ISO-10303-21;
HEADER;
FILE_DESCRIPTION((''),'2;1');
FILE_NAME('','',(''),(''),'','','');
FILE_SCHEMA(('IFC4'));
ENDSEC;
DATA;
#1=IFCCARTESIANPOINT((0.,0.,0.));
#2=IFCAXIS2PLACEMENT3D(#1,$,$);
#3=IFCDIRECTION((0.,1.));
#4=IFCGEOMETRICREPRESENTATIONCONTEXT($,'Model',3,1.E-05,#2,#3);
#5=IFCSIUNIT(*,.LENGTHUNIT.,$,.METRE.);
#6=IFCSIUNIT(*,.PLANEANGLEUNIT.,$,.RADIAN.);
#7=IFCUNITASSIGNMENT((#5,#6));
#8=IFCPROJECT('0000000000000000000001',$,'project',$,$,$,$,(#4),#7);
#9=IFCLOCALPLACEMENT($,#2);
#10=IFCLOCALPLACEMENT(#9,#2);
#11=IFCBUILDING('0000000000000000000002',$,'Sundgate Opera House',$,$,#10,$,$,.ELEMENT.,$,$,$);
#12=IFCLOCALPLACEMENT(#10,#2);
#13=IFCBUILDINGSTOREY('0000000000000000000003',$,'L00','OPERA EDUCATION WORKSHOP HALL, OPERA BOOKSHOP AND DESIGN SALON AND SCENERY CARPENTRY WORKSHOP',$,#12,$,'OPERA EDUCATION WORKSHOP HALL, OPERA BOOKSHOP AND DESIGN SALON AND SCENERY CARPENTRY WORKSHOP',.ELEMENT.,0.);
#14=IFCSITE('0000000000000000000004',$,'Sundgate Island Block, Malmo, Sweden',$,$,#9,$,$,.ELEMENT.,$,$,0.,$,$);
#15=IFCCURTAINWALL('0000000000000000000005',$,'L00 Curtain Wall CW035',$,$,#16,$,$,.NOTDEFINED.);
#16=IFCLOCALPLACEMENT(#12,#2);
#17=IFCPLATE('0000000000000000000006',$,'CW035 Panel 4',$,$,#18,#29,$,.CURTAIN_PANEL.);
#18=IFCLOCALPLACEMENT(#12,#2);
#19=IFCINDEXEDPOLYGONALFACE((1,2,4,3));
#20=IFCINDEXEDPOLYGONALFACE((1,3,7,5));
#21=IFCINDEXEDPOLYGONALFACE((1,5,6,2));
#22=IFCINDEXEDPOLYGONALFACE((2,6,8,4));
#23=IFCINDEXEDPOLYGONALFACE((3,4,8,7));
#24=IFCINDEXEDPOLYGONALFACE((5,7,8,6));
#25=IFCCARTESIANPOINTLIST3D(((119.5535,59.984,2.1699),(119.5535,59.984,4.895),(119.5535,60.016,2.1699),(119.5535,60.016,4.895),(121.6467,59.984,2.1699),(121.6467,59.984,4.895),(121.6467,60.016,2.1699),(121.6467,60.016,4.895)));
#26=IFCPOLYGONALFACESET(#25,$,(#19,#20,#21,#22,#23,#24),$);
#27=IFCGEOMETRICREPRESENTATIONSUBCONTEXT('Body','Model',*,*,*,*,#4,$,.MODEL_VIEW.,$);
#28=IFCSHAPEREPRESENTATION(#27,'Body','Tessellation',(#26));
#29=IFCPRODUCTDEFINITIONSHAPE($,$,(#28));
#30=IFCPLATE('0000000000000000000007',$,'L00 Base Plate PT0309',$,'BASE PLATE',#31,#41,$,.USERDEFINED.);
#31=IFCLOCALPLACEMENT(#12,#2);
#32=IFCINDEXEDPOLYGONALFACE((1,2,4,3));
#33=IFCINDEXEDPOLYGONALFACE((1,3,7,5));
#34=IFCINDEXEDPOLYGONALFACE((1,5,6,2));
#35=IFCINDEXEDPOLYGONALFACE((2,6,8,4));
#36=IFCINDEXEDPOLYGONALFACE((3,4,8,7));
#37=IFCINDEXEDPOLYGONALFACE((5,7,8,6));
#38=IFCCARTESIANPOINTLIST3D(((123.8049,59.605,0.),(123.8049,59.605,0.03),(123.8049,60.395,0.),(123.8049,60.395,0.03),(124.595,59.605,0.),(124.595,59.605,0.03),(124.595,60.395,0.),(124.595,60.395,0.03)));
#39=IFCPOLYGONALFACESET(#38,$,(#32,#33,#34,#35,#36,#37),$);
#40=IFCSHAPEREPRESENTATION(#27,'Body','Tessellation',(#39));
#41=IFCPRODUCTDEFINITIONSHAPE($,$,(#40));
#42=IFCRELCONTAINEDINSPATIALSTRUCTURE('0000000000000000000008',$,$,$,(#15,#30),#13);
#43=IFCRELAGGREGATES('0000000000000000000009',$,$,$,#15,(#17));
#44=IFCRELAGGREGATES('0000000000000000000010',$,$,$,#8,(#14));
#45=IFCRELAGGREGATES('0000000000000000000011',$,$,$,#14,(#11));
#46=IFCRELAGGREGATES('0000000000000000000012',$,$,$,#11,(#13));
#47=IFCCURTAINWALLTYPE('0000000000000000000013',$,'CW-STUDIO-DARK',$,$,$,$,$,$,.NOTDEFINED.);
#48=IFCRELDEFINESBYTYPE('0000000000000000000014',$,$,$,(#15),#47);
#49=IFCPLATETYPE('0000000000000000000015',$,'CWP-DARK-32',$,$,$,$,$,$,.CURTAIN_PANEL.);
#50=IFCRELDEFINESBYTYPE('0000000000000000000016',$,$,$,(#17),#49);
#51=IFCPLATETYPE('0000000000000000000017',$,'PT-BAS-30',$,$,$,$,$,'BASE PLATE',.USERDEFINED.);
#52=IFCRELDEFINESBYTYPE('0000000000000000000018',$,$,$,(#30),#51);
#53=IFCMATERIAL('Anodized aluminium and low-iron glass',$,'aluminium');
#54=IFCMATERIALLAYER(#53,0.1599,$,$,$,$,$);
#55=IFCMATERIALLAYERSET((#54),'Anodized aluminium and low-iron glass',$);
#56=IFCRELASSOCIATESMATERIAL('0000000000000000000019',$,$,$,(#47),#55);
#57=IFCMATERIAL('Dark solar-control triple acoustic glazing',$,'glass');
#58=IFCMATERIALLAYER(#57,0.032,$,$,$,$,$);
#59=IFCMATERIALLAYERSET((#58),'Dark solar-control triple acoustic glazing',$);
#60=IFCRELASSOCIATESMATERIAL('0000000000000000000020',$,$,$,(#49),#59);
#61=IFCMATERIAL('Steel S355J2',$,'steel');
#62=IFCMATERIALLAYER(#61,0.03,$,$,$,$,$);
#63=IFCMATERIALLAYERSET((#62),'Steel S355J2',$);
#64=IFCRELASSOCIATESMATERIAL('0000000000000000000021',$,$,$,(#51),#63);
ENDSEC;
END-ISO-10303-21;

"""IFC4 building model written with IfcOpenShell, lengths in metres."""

from ifc_helpers import new_model, si_unit, direction, frame, origin, origin_2d, place, context, subcontext, project, spatial, rectangle, extrude, material, layer, layer_set, type_object, element, aggregate, save


model = new_model("IFC4")

# Units and contexts
model_context = context("Model", 3, precision=1e-05, world=origin(), true_north=direction((0.0, 1.0)))
body_context = subcontext(model_context, "Body", "Model", "MODEL_VIEW")
ifc_project = project(units=[si_unit("LENGTHUNIT", "METRE"), si_unit("PLANEANGLEUNIT", "RADIAN")], contexts=[model_context])

# Site, building, storey
site_placement = place(None, origin())
site = spatial("IfcSite", under=ifc_project, at=site_placement, Name="Sundgate Island Block, Malmo, Sweden", CompositionType="ELEMENT", RefElevation=0.0)
building_placement = place(site_placement, origin())
building = spatial("IfcBuilding", under=site, at=building_placement, Name="Sundgate Opera House", CompositionType="ELEMENT")
storey_placement = place(building_placement, origin())
storey = spatial("IfcBuildingStorey", under=building, at=storey_placement, Name="L00", Description="OPERA EDUCATION WORKSHOP HALL, OPERA BOOKSHOP AND DESIGN SALON AND SCENERY CARPENTRY WORKSHOP", LongName="OPERA EDUCATION WORKSHOP HALL, OPERA BOOKSHOP AND DESIGN SALON AND SCENERY CARPENTRY WORKSHOP", CompositionType="ELEMENT", Elevation=0.0)

# Curtain wall, plate
ifc_material_1 = material(Name="Anodized aluminium and low-iron glass", Category="aluminium")
ifc_layer_1 = layer(ifc_material_1, 0.1599)
ifc_layer_set_1 = layer_set([ifc_layer_1], Name="Anodized aluminium and low-iron glass")
curtain_wall_type = type_object("IfcCurtainWallType", Name="CW-STUDIO-DARK", PredefinedType="NOTDEFINED", material=ifc_layer_set_1)
curtain_wall_placement = place(storey_placement, origin())
curtain_wall = element("IfcCurtainWall", 1, at=curtain_wall_placement, inside=storey, type_object=curtain_wall_type, Name="L00 Curtain Wall CW035", PredefinedType="NOTDEFINED")
ifc_material_2 = material(Name="Dark solar-control triple acoustic glazing", Category="glass")
ifc_layer_2 = layer(ifc_material_2, 0.032)
ifc_layer_set_2 = layer_set([ifc_layer_2], Name="Dark solar-control triple acoustic glazing")
plate_type_1 = type_object("IfcPlateType", Name="CWP-DARK-32", PredefinedType="CURTAIN_PANEL", material=ifc_layer_set_2)
plate_1_placement = place(storey_placement, frame((120.6001, 60.0, 2.1699), z_axis=(0.0, 0.0, 1.0), x_axis=(-1.0, 0.0, 0.0)))
plate_1 = element("IfcPlate", 2, at=plate_1_placement, type_object=plate_type_1, Name="CW035 Panel 4", PredefinedType="CURTAIN_PANEL", context=body_context, shape_type="SweptSolid", body=[
    extrude(rectangle(XDim=2.0933, YDim=0.032, at=origin_2d()), origin(), (0.0, 0.0, 1.0), 2.7251),
])
aggregate(curtain_wall, [plate_1])

# Plate
ifc_material_3 = material(Name="Steel S355J2", Category="steel")
ifc_layer_3 = layer(ifc_material_3, 0.03)
ifc_layer_set_3 = layer_set([ifc_layer_3], Name="Steel S355J2")
plate_type_2 = type_object("IfcPlateType", Name="PT-BAS-30", ElementType="BASE PLATE", PredefinedType="USERDEFINED", material=ifc_layer_set_3)
plate_2_placement = place(storey_placement, frame((124.2, 60.0, 0.0), z_axis=(0.0, 0.0, 1.0), x_axis=(1.0, 0.0, 0.0)))
element("IfcPlate", 3, at=plate_2_placement, inside=storey, type_object=plate_type_2, Name="L00 Base Plate PT0309", ObjectType="BASE PLATE", PredefinedType="USERDEFINED", context=body_context, shape_type="SweptSolid", body=[
    extrude(rectangle(XDim=0.79, YDim=0.79, at=origin_2d()), origin(), (0.0, 0.0, 1.0), 0.03),
])

save(model, "model.ifc")
